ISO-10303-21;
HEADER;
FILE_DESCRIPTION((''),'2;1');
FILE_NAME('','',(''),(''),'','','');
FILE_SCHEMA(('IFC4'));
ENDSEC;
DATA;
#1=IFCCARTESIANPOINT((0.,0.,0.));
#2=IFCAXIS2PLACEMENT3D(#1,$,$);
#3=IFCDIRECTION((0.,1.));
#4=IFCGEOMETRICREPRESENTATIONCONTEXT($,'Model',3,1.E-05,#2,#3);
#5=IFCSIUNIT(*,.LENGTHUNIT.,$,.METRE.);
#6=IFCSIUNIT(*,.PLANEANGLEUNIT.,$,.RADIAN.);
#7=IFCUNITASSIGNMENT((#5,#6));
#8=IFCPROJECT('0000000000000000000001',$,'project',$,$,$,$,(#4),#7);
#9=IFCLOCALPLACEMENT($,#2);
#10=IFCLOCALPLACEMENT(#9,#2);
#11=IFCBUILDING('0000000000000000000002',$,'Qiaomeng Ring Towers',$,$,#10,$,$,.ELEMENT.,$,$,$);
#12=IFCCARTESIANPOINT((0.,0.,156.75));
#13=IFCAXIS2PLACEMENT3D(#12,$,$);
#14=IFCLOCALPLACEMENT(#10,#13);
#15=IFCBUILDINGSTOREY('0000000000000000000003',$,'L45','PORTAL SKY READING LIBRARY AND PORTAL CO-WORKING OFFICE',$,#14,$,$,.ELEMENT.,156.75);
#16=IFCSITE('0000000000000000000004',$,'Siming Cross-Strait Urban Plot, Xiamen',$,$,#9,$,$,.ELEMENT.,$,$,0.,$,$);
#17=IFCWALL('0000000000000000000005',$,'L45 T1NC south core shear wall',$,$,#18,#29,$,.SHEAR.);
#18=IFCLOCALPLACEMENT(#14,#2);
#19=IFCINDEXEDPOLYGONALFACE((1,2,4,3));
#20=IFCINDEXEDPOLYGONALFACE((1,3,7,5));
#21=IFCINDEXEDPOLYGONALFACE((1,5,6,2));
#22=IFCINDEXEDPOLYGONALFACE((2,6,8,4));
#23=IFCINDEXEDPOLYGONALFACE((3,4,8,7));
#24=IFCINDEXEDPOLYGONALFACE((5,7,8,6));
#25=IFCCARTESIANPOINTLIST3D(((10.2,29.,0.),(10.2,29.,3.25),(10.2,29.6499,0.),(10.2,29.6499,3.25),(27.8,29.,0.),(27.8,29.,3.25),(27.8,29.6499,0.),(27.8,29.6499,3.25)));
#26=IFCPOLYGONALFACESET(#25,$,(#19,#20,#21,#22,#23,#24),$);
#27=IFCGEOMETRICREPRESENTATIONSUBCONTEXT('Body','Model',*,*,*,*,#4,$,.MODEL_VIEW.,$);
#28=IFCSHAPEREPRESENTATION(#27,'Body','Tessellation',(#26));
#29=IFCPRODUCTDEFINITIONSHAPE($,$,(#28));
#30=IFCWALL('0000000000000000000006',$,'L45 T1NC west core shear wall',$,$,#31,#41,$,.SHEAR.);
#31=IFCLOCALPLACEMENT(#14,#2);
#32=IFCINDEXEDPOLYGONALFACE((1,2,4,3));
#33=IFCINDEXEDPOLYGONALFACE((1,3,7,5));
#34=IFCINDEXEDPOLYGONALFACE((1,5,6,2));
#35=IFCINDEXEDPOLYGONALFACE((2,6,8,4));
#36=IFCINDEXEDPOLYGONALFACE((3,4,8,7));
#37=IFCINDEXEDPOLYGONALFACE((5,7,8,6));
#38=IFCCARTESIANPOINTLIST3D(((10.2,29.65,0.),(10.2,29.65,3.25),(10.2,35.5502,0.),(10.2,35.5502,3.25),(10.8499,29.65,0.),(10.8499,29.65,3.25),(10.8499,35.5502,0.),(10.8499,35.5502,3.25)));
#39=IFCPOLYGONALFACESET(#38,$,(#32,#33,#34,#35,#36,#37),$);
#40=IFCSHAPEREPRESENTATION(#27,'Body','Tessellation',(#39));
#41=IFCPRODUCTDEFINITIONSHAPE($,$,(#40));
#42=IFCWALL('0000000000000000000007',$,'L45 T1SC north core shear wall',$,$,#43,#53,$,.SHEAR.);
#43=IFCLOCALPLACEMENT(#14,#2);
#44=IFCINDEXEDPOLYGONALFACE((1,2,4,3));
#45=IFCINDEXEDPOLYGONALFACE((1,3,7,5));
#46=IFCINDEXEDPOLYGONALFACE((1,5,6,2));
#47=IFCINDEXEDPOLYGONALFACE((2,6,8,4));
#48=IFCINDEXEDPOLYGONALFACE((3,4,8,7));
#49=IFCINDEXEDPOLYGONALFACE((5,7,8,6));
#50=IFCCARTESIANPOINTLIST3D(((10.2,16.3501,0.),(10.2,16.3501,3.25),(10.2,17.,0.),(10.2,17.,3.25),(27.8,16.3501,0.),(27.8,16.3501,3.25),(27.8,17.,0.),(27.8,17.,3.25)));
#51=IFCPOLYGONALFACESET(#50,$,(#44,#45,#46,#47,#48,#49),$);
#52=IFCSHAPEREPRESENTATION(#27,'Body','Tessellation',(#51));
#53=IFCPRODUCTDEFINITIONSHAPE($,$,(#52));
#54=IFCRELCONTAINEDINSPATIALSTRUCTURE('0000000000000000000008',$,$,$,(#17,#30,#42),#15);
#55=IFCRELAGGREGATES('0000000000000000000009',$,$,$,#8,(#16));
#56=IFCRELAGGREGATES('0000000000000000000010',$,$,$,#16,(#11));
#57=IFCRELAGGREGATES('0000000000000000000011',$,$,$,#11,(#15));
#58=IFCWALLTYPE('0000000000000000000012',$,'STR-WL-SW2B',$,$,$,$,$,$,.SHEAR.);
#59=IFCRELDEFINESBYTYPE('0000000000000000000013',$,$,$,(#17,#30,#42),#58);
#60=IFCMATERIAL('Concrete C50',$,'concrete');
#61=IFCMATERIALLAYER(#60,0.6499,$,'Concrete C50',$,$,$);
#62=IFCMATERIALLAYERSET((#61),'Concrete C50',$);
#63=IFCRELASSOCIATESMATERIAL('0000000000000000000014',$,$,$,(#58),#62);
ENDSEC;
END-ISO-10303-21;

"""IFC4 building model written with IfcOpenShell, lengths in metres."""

from ifc_helpers import new_model, si_unit, direction, frame, frame_2d, origin, place, context, subcontext, project, spatial, rectangle, extrude, material, layer, layer_set, type_object, element, save


model = new_model("IFC4")

# Units and contexts
model_context = context("Model", 3, precision=1e-05, world=origin(), true_north=direction((0.0, 1.0)))
body_context = subcontext(model_context, "Body", "Model", "MODEL_VIEW")
ifc_project = project(units=[si_unit("LENGTHUNIT", "METRE"), si_unit("PLANEANGLEUNIT", "RADIAN")], contexts=[model_context])

# Site, building, storey
site_placement = place(None, origin())
site = spatial("IfcSite", under=ifc_project, at=site_placement, Name="Siming Cross-Strait Urban Plot, Xiamen", CompositionType="ELEMENT", RefElevation=0.0)
building_placement = place(site_placement, origin())
building = spatial("IfcBuilding", under=site, at=building_placement, Name="Qiaomeng Ring Towers", CompositionType="ELEMENT")
storey_placement = place(building_placement, frame((0.0, 0.0, 156.75)))
storey = spatial("IfcBuildingStorey", under=building, at=storey_placement, Name="L45", Description="PORTAL SKY READING LIBRARY AND PORTAL CO-WORKING OFFICE", CompositionType="ELEMENT", Elevation=156.75)

# Walls
ifc_material_1 = material(Name="Concrete C50", Category="concrete")
ifc_layer_1 = layer(ifc_material_1, 0.6499, Name="Concrete C50")
ifc_layer_set_1 = layer_set([ifc_layer_1], Name="Concrete C50")
wall_type_1 = type_object("IfcWallType", Name="STR-WL-SW2B", PredefinedType="SHEAR", material=ifc_layer_set_1)
wall_1_placement = place(storey_placement, frame((10.2, 29.325, 0.0), z_axis=(0.0, 0.0, 1.0), x_axis=(1.0, 0.0, 0.0)))
element("IfcWall", 1, at=wall_1_placement, inside=storey, type_object=wall_type_1, Name="L45 T1NC south core shear wall", PredefinedType="SHEAR", context=body_context, shape_type="SweptSolid", body=[
    extrude(rectangle(XDim=17.6001, YDim=0.6499, at=frame_2d((8.8, 0.0))), origin(), (0.0, 0.0, 1.0), 3.25),
])
wall_2_placement = place(storey_placement, frame((10.5249, 29.6499, 0.0), z_axis=(0.0, 0.0, 1.0), x_axis=(0.0, 1.0, 0.0)))
element("IfcWall", 2, at=wall_2_placement, inside=storey, type_object=wall_type_1, Name="L45 T1NC west core shear wall", PredefinedType="SHEAR", context=body_context, shape_type="SweptSolid", body=[
    extrude(rectangle(XDim=5.9001, YDim=0.6499, at=frame_2d((2.9502, 0.0))), origin(), (0.0, 0.0, 1.0), 3.25),
])
wall_3_placement = place(storey_placement, frame((10.2, 16.675, 0.0), z_axis=(0.0, 0.0, 1.0), x_axis=(1.0, 0.0, 0.0)))
element("IfcWall", 3, at=wall_3_placement, inside=storey, type_object=wall_type_1, Name="L45 T1SC north core shear wall", PredefinedType="SHEAR", context=body_context, shape_type="SweptSolid", body=[
    extrude(rectangle(XDim=17.6001, YDim=0.6499, at=frame_2d((8.8, 0.0))), origin(), (0.0, 0.0, 1.0), 3.25),
])

save(model, "model.ifc")
